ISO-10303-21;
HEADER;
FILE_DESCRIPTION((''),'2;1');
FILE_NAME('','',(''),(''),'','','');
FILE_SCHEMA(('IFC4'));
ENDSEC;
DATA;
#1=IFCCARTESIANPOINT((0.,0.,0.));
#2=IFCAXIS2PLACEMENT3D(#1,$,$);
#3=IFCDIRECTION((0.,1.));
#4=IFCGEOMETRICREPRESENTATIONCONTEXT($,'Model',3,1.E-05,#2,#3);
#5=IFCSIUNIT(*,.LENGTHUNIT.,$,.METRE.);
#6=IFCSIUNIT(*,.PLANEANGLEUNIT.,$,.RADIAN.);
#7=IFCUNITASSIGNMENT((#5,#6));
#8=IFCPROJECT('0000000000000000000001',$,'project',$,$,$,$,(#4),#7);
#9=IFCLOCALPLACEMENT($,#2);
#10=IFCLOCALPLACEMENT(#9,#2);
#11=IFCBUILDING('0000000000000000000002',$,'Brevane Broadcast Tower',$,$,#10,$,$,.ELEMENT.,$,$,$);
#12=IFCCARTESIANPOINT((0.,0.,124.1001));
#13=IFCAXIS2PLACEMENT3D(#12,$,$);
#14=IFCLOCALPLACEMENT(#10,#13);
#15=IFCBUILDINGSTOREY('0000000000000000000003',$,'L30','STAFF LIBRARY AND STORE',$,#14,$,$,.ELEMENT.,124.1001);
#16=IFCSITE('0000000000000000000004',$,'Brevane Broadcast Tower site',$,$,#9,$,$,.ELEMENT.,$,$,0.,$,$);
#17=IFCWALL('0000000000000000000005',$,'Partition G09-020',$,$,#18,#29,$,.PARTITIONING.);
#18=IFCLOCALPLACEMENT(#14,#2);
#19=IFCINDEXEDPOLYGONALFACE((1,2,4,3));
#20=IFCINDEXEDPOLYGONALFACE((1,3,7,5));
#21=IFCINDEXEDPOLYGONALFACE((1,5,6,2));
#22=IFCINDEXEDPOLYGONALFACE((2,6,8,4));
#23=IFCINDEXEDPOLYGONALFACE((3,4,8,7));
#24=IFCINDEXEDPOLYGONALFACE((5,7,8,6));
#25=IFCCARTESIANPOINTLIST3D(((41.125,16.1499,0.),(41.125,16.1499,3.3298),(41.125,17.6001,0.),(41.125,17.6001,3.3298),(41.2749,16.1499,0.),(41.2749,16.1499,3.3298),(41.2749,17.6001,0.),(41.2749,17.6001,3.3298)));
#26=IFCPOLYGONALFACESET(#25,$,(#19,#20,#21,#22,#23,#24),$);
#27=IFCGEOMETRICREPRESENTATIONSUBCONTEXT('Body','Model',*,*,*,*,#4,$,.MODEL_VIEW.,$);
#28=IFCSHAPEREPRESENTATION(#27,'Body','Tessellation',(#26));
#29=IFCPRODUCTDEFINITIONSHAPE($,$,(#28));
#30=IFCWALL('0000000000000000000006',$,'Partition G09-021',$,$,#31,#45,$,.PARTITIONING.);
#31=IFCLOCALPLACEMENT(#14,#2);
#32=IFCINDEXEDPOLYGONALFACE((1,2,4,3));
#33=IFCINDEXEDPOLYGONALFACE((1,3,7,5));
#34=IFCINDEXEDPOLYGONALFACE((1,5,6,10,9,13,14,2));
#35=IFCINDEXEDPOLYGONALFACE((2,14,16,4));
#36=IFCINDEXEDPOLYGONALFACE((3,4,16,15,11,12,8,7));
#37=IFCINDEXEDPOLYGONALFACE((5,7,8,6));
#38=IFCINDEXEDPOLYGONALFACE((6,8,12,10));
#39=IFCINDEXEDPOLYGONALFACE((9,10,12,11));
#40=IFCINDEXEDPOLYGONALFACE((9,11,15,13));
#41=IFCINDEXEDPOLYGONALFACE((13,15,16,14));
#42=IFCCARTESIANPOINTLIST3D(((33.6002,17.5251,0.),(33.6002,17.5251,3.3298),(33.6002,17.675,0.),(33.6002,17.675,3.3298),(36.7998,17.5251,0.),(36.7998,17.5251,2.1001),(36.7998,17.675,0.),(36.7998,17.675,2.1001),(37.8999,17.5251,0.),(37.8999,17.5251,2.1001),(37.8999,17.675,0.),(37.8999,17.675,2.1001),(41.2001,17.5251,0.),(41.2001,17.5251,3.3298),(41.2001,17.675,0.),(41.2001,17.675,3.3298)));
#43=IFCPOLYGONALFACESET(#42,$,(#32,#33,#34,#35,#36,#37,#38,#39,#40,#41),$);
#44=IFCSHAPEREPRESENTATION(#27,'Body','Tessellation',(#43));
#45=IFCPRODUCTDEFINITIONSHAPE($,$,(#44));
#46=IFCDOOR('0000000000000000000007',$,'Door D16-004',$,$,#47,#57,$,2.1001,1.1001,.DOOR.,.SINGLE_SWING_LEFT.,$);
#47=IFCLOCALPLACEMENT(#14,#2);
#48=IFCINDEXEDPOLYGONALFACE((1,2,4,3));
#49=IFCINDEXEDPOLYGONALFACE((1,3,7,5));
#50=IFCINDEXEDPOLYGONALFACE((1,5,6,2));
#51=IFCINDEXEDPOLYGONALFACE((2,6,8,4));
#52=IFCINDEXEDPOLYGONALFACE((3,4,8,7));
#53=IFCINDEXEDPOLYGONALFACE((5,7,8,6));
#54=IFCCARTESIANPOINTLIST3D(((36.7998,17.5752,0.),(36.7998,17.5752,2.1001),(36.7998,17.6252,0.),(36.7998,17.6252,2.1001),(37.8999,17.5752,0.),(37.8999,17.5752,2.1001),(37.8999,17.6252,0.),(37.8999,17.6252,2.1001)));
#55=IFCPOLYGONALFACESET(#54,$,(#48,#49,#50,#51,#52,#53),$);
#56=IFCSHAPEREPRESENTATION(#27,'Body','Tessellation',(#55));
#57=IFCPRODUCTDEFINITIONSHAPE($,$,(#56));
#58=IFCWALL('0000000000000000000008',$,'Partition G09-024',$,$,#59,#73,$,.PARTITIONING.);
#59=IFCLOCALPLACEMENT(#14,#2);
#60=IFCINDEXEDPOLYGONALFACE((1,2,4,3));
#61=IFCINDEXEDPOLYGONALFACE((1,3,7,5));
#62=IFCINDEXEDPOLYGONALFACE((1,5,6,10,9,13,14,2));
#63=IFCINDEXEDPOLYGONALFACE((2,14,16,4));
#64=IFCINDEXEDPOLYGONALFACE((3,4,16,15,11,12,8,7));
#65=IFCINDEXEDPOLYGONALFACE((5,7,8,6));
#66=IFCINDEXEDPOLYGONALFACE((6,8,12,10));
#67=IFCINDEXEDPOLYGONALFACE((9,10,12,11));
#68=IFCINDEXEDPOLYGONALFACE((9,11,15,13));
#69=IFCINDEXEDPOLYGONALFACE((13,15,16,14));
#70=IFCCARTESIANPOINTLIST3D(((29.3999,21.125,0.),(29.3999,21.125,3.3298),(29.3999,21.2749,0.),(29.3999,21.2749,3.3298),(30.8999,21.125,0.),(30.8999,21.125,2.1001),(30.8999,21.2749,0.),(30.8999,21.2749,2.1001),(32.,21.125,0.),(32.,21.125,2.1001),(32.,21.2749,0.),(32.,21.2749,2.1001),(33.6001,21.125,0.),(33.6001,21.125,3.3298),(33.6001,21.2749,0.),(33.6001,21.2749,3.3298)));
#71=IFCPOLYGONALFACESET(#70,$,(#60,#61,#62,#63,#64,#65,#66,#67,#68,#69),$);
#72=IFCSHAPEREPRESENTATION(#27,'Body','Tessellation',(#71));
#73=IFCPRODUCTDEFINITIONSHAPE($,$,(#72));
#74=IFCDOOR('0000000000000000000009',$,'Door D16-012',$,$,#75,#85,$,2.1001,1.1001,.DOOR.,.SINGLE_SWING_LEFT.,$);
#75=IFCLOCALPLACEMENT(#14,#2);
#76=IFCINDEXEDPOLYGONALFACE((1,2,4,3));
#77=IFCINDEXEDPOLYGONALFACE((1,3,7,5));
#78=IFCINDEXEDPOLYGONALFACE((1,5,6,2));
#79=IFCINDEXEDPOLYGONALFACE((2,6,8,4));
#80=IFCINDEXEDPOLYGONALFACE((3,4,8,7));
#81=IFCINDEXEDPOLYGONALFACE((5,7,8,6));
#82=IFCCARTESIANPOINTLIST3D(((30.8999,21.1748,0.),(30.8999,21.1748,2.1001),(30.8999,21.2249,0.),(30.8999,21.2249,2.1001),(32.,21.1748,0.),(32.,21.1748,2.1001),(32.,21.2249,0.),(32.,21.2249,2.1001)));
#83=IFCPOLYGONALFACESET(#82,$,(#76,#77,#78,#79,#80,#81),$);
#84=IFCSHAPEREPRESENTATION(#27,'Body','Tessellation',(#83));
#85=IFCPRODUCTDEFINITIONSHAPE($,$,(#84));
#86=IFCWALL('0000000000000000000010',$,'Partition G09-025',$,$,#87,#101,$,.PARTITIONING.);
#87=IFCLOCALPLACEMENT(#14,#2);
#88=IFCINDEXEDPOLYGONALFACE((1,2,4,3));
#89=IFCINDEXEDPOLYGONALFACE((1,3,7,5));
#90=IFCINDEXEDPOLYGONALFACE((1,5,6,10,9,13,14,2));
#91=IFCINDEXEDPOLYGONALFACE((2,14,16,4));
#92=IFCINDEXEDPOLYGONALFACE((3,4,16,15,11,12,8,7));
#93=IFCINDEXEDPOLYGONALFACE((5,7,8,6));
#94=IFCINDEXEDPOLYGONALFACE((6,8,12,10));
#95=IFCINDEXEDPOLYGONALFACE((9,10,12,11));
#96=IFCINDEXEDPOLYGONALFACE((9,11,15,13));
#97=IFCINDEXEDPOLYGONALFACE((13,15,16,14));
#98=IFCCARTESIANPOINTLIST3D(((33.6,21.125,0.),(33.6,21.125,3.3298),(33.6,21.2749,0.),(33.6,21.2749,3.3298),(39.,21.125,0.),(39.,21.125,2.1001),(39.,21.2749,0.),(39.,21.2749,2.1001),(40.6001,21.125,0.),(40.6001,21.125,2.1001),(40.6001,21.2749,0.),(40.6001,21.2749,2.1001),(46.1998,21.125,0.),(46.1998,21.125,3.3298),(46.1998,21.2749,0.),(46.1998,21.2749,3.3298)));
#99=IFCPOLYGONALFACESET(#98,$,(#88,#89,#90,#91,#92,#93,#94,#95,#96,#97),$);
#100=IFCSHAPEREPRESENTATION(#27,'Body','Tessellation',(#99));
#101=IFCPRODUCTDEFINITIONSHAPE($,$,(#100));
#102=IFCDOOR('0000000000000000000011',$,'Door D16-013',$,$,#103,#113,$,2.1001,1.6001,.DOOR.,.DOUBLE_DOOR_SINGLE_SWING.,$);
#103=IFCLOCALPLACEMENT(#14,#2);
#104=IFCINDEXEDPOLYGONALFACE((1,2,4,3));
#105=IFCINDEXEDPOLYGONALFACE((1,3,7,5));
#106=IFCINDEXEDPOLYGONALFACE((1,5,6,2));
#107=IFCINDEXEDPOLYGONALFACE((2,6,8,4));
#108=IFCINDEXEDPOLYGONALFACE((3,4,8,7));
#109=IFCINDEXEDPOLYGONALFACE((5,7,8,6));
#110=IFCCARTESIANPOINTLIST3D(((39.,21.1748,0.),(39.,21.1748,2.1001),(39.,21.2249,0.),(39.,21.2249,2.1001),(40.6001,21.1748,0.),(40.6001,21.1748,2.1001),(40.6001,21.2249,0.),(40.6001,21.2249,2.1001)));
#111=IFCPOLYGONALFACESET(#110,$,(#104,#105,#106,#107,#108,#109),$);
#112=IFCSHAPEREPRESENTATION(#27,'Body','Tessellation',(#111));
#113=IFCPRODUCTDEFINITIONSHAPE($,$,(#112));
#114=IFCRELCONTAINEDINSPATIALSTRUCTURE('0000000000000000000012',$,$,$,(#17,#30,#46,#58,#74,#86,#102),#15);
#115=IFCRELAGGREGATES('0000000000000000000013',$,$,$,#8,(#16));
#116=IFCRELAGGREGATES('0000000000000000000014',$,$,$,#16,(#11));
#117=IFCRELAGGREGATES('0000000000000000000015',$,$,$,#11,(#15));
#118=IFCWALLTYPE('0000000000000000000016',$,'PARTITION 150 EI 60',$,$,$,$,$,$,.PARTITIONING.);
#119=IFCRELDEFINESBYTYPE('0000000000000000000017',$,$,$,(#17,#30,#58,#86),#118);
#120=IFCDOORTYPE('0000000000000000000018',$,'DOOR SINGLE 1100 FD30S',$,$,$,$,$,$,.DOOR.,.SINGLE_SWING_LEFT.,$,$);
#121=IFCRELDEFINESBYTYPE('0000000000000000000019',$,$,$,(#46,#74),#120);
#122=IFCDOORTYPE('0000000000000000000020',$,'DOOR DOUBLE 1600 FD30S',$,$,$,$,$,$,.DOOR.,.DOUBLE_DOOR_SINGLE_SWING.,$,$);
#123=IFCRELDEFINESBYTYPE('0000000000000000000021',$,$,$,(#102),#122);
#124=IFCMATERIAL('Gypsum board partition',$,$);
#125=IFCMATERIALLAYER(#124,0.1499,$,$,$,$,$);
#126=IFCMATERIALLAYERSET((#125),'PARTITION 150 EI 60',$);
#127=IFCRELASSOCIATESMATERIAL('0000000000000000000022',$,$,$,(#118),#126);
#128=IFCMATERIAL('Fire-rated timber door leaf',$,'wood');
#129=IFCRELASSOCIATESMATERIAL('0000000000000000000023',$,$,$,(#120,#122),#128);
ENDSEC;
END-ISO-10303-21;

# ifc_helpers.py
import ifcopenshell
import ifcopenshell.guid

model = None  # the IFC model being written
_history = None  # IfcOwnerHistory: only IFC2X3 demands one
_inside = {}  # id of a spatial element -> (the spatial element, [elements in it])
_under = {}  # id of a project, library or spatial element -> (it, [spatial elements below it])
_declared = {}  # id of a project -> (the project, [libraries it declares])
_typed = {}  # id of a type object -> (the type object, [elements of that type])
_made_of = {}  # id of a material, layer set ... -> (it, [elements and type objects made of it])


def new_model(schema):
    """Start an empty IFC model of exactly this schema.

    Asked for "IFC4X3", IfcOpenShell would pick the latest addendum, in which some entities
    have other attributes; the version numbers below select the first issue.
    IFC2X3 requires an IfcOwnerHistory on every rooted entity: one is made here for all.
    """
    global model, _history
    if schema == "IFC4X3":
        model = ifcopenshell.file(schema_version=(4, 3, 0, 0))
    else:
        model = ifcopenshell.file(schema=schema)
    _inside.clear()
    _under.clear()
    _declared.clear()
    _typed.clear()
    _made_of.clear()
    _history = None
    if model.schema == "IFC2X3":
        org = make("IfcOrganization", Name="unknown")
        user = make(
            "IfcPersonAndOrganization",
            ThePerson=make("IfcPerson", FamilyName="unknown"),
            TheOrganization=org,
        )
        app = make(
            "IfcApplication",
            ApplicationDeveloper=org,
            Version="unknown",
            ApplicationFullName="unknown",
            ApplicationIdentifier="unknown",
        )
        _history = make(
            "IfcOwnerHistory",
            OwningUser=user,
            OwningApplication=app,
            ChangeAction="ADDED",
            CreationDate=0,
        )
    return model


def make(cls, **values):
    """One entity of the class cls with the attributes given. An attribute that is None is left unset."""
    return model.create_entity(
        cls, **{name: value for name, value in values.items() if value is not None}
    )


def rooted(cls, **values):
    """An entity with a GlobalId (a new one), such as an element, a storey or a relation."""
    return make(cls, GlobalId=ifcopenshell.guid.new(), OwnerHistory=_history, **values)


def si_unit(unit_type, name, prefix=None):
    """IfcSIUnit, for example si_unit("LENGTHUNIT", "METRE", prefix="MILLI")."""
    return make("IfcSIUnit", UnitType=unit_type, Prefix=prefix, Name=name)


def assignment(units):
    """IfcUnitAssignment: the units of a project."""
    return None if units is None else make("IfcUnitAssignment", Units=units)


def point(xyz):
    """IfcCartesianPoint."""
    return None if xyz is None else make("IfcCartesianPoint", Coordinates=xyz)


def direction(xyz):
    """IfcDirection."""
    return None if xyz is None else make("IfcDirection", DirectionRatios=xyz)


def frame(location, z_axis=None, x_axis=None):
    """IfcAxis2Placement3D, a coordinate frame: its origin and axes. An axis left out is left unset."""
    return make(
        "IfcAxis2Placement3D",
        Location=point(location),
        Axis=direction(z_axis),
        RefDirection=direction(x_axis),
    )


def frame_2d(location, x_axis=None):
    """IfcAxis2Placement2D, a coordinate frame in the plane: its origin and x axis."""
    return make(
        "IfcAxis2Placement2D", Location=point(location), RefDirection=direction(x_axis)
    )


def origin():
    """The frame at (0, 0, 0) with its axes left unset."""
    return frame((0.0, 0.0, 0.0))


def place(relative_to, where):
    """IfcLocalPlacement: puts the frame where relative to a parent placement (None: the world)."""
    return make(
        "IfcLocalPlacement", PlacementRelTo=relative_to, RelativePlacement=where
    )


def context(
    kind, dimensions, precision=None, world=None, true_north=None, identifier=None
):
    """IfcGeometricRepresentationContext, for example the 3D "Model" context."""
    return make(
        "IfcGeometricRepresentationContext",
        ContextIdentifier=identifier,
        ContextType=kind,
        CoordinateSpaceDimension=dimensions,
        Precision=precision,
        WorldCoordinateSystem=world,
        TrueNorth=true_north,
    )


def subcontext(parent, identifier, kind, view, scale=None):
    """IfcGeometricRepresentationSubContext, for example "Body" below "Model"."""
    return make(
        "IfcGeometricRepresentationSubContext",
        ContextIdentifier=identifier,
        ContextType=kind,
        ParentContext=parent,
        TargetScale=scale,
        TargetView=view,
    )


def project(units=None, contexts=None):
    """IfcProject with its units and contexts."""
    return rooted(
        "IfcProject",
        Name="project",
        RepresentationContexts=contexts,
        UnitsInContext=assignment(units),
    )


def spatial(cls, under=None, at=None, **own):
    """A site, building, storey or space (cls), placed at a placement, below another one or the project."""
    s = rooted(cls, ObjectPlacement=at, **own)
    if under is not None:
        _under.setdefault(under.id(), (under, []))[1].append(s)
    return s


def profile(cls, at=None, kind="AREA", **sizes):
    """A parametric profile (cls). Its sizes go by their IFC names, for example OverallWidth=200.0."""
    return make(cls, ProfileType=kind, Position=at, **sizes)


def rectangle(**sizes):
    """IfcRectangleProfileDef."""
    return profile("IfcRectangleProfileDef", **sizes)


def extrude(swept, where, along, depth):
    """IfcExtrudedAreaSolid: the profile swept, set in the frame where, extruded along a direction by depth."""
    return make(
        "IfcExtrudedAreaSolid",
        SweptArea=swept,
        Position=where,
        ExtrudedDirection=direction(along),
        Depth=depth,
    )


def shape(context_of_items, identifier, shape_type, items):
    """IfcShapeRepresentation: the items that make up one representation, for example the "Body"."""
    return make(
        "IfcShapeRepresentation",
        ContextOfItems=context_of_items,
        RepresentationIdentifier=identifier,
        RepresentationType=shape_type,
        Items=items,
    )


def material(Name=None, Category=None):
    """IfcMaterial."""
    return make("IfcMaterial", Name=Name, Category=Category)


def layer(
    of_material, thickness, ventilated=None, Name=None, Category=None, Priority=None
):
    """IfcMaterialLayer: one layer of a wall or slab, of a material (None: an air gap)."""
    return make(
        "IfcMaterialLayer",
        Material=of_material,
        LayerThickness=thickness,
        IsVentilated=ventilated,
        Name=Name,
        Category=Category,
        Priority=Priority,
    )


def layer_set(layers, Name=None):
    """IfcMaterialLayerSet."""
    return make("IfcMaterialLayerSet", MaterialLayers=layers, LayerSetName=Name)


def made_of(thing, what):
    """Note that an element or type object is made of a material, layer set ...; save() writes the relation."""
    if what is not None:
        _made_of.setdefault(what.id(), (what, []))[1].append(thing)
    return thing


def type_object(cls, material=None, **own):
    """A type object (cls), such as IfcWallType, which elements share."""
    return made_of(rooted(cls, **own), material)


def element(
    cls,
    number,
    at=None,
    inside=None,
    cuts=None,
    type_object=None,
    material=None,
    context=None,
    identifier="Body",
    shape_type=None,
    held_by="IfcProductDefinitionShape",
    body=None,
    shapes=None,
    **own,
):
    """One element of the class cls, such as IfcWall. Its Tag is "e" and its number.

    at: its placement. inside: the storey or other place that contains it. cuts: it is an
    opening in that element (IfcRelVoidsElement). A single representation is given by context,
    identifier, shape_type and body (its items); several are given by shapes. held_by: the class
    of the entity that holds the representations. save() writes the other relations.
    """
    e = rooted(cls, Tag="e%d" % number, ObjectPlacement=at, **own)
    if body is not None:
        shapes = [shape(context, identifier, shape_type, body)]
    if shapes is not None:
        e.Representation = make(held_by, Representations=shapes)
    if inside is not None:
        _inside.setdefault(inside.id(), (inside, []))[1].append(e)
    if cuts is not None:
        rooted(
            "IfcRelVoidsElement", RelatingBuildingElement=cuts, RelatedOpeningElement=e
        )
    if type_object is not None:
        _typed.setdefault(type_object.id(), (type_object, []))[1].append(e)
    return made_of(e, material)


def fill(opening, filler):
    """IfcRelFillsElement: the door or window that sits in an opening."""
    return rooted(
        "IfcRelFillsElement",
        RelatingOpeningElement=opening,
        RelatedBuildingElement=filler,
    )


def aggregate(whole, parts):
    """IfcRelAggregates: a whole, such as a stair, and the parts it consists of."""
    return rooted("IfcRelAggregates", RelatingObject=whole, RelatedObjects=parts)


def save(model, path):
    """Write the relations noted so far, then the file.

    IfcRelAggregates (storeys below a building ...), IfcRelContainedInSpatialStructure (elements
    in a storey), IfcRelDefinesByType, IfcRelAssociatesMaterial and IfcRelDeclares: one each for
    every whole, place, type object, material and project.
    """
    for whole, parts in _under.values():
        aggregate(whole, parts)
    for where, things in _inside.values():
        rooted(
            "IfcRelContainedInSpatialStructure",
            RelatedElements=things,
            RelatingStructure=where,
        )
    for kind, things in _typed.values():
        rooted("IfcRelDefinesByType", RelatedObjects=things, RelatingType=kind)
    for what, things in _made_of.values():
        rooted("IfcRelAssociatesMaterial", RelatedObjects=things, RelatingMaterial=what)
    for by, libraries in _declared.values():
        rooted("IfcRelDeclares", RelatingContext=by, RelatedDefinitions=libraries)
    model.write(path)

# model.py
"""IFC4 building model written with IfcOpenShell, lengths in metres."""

from ifc_helpers import new_model, si_unit, direction, frame, frame_2d, origin, place, context, subcontext, project, spatial, rectangle, extrude, material, layer, layer_set, type_object, element, fill, save


model = new_model("IFC4")

# Units and contexts
model_context = context("Model", 3, precision=1e-05, world=origin(), true_north=direction((0.0, 1.0)))
body_context = subcontext(model_context, "Body", "Model", "MODEL_VIEW")
ifc_project = project(units=[si_unit("LENGTHUNIT", "METRE"), si_unit("PLANEANGLEUNIT", "RADIAN")], contexts=[model_context])

# Site, building, storey
site_placement = place(None, origin())
site = spatial("IfcSite", under=ifc_project, at=site_placement, Name="Brevane Broadcast Tower site", CompositionType="ELEMENT", RefElevation=0.0)
building_placement = place(site_placement, origin())
building = spatial("IfcBuilding", under=site, at=building_placement, Name="Brevane Broadcast Tower", CompositionType="ELEMENT")
storey_placement = place(building_placement, frame((0.0, 0.0, 124.1001)))
storey = spatial("IfcBuildingStorey", under=building, at=storey_placement, Name="L30", Description="STAFF LIBRARY AND STORE", CompositionType="ELEMENT", Elevation=124.1001)

# Shared definitions
ifc_material_1 = material(Name="Gypsum board partition")

# Shared definitions
ifc_layer_1 = layer(ifc_material_1, 0.1499)
ifc_layer_set_1 = layer_set([ifc_layer_1], Name="PARTITION 150 EI 60")
wall_type_1 = type_object("IfcWallType", Name="PARTITION 150 EI 60", PredefinedType="PARTITIONING", material=ifc_layer_set_1)
ifc_material_2 = material(Name="Fire-rated timber door leaf", Category="wood")

# Shared definitions
door_type_1 = type_object("IfcDoorType", Name="DOOR SINGLE 1100 FD30S", OperationType="SINGLE_SWING_LEFT", PredefinedType="DOOR", material=ifc_material_2)

# Wall
wall_1_placement = place(storey_placement, frame((41.2, 16.1499, 0.0), z_axis=(0.0, 0.0, 1.0), x_axis=(0.0, 1.0, 0.0)))
element("IfcWall", 1, at=wall_1_placement, inside=storey, type_object=wall_type_1, Name="Partition G09-020", PredefinedType="PARTITIONING", context=body_context, shape_type="SweptSolid", body=[
    extrude(rectangle(XDim=1.4502, YDim=0.1499, at=frame_2d((0.7251, 0.0))), origin(), (0.0, 0.0, 1.0), 3.3298),
])

# Walls, openings, doors
wall_2_placement = place(storey_placement, frame((41.2, 17.6001, 0.0), z_axis=(0.0, 0.0, 1.0), x_axis=(-1.0, 0.0, 0.0)))
wall_2 = element("IfcWall", 2, at=wall_2_placement, inside=storey, type_object=wall_type_1, Name="Partition G09-021", PredefinedType="PARTITIONING", context=body_context, shape_type="SweptSolid", body=[
    extrude(rectangle(XDim=7.5999, YDim=0.1499, at=frame_2d((3.7998, 0.0))), origin(), (0.0, 0.0, 1.0), 3.3298),
])
opening_1_placement = place(wall_2_placement, frame((3.3, 0.0, 0.0)))
opening_1 = element("IfcOpeningElement", 3, at=opening_1_placement, cuts=wall_2, PredefinedType="OPENING", context=body_context, shape_type="SweptSolid", body=[
    extrude(rectangle(XDim=1.1001, YDim=2.1001, at=frame_2d((0.55, 1.05))), frame((0.0, 0.085, 0.0), z_axis=(0.0, -1.0, 0.0), x_axis=(1.0, 0.0, 0.0)), (0.0, 0.0, 1.0), 0.1699),
])
door_1_placement = place(opening_1_placement, origin())
door_1 = element("IfcDoor", 4, at=door_1_placement, inside=storey, type_object=door_type_1, Name="Door D16-004", OperationType="SINGLE_SWING_LEFT", OverallHeight=2.1001, OverallWidth=1.1001, PredefinedType="DOOR", context=body_context, shape_type="SweptSolid", body=[
    extrude(rectangle(XDim=1.1001, YDim=2.1001, at=frame_2d((0.55, 1.05))), frame((0.0, 0.0249, 0.0), z_axis=(0.0, -1.0, 0.0), x_axis=(1.0, 0.0, 0.0)), (0.0, 0.0, 1.0), 0.05),
])
fill(opening_1, door_1)
wall_3_placement = place(storey_placement, frame((29.3999, 21.2, 0.0), z_axis=(0.0, 0.0, 1.0), x_axis=(1.0, 0.0, 0.0)))
wall_3 = element("IfcWall", 5, at=wall_3_placement, inside=storey, type_object=wall_type_1, Name="Partition G09-024", PredefinedType="PARTITIONING", context=body_context, shape_type="SweptSolid", body=[
    extrude(rectangle(XDim=4.2002, YDim=0.1499, at=frame_2d((2.1001, 0.0))), origin(), (0.0, 0.0, 1.0), 3.3298),
])
opening_2_placement = place(wall_3_placement, frame((1.5, 0.0, 0.0)))
opening_2 = element("IfcOpeningElement", 6, at=opening_2_placement, cuts=wall_3, PredefinedType="OPENING", context=body_context, shape_type="SweptSolid", body=[
    extrude(rectangle(XDim=1.1001, YDim=2.1001, at=frame_2d((0.55, 1.05))), frame((0.0, 0.085, 0.0), z_axis=(0.0, -1.0, 0.0), x_axis=(1.0, 0.0, 0.0)), (0.0, 0.0, 1.0), 0.1699),
])
door_2_placement = place(opening_2_placement, origin())
door_2 = element("IfcDoor", 7, at=door_2_placement, inside=storey, type_object=door_type_1, Name="Door D16-012", OperationType="SINGLE_SWING_LEFT", OverallHeight=2.1001, OverallWidth=1.1001, PredefinedType="DOOR", context=body_context, shape_type="SweptSolid", body=[
    extrude(rectangle(XDim=1.1001, YDim=2.1001, at=frame_2d((0.55, 1.05))), frame((0.0, 0.0249, 0.0), z_axis=(0.0, -1.0, 0.0), x_axis=(1.0, 0.0, 0.0)), (0.0, 0.0, 1.0), 0.05),
])
fill(opening_2, door_2)
wall_4_placement = place(storey_placement, frame((33.6001, 21.2, 0.0), z_axis=(0.0, 0.0, 1.0), x_axis=(1.0, 0.0, 0.0)))
wall_4 = element("IfcWall", 8, at=wall_4_placement, inside=storey, type_object=wall_type_1, Name="Partition G09-025", PredefinedType="PARTITIONING", context=body_context, shape_type="SweptSolid", body=[
    extrude(rectangle(XDim=12.5999, YDim=0.1499, at=frame_2d((6.2998, 0.0))), origin(), (0.0, 0.0, 1.0), 3.3298),
])
opening_3_placement = place(wall_4_placement, frame((5.3999, 0.0, 0.0)))
opening_3 = element("IfcOpeningElement", 9, at=opening_3_placement, cuts=wall_4, PredefinedType="OPENING", context=body_context, shape_type="SweptSolid", body=[
    extrude(rectangle(XDim=1.6001, YDim=2.1001, at=frame_2d((0.8, 1.05))), frame((0.0, 0.085, 0.0), z_axis=(0.0, -1.0, 0.0), x_axis=(1.0, 0.0, 0.0)), (0.0, 0.0, 1.0), 0.1699),
])
door_type_2 = type_object("IfcDoorType", Name="DOOR DOUBLE 1600 FD30S", OperationType="DOUBLE_DOOR_SINGLE_SWING", PredefinedType="DOOR", material=ifc_material_2)
door_3_placement = place(opening_3_placement, origin())
door_3 = element("IfcDoor", 10, at=door_3_placement, inside=storey, type_object=door_type_2, Name="Door D16-013", OperationType="DOUBLE_DOOR_SINGLE_SWING", OverallHeight=2.1001, OverallWidth=1.6001, PredefinedType="DOOR", context=body_context, shape_type="SweptSolid", body=[
    extrude(rectangle(XDim=1.6001, YDim=2.1001, at=frame_2d((0.8, 1.05))), frame((0.0, 0.0249, 0.0), z_axis=(0.0, -1.0, 0.0), x_axis=(1.0, 0.0, 0.0)), (0.0, 0.0, 1.0), 0.05),
])
fill(opening_3, door_3)

save(model, "model.ifc")
